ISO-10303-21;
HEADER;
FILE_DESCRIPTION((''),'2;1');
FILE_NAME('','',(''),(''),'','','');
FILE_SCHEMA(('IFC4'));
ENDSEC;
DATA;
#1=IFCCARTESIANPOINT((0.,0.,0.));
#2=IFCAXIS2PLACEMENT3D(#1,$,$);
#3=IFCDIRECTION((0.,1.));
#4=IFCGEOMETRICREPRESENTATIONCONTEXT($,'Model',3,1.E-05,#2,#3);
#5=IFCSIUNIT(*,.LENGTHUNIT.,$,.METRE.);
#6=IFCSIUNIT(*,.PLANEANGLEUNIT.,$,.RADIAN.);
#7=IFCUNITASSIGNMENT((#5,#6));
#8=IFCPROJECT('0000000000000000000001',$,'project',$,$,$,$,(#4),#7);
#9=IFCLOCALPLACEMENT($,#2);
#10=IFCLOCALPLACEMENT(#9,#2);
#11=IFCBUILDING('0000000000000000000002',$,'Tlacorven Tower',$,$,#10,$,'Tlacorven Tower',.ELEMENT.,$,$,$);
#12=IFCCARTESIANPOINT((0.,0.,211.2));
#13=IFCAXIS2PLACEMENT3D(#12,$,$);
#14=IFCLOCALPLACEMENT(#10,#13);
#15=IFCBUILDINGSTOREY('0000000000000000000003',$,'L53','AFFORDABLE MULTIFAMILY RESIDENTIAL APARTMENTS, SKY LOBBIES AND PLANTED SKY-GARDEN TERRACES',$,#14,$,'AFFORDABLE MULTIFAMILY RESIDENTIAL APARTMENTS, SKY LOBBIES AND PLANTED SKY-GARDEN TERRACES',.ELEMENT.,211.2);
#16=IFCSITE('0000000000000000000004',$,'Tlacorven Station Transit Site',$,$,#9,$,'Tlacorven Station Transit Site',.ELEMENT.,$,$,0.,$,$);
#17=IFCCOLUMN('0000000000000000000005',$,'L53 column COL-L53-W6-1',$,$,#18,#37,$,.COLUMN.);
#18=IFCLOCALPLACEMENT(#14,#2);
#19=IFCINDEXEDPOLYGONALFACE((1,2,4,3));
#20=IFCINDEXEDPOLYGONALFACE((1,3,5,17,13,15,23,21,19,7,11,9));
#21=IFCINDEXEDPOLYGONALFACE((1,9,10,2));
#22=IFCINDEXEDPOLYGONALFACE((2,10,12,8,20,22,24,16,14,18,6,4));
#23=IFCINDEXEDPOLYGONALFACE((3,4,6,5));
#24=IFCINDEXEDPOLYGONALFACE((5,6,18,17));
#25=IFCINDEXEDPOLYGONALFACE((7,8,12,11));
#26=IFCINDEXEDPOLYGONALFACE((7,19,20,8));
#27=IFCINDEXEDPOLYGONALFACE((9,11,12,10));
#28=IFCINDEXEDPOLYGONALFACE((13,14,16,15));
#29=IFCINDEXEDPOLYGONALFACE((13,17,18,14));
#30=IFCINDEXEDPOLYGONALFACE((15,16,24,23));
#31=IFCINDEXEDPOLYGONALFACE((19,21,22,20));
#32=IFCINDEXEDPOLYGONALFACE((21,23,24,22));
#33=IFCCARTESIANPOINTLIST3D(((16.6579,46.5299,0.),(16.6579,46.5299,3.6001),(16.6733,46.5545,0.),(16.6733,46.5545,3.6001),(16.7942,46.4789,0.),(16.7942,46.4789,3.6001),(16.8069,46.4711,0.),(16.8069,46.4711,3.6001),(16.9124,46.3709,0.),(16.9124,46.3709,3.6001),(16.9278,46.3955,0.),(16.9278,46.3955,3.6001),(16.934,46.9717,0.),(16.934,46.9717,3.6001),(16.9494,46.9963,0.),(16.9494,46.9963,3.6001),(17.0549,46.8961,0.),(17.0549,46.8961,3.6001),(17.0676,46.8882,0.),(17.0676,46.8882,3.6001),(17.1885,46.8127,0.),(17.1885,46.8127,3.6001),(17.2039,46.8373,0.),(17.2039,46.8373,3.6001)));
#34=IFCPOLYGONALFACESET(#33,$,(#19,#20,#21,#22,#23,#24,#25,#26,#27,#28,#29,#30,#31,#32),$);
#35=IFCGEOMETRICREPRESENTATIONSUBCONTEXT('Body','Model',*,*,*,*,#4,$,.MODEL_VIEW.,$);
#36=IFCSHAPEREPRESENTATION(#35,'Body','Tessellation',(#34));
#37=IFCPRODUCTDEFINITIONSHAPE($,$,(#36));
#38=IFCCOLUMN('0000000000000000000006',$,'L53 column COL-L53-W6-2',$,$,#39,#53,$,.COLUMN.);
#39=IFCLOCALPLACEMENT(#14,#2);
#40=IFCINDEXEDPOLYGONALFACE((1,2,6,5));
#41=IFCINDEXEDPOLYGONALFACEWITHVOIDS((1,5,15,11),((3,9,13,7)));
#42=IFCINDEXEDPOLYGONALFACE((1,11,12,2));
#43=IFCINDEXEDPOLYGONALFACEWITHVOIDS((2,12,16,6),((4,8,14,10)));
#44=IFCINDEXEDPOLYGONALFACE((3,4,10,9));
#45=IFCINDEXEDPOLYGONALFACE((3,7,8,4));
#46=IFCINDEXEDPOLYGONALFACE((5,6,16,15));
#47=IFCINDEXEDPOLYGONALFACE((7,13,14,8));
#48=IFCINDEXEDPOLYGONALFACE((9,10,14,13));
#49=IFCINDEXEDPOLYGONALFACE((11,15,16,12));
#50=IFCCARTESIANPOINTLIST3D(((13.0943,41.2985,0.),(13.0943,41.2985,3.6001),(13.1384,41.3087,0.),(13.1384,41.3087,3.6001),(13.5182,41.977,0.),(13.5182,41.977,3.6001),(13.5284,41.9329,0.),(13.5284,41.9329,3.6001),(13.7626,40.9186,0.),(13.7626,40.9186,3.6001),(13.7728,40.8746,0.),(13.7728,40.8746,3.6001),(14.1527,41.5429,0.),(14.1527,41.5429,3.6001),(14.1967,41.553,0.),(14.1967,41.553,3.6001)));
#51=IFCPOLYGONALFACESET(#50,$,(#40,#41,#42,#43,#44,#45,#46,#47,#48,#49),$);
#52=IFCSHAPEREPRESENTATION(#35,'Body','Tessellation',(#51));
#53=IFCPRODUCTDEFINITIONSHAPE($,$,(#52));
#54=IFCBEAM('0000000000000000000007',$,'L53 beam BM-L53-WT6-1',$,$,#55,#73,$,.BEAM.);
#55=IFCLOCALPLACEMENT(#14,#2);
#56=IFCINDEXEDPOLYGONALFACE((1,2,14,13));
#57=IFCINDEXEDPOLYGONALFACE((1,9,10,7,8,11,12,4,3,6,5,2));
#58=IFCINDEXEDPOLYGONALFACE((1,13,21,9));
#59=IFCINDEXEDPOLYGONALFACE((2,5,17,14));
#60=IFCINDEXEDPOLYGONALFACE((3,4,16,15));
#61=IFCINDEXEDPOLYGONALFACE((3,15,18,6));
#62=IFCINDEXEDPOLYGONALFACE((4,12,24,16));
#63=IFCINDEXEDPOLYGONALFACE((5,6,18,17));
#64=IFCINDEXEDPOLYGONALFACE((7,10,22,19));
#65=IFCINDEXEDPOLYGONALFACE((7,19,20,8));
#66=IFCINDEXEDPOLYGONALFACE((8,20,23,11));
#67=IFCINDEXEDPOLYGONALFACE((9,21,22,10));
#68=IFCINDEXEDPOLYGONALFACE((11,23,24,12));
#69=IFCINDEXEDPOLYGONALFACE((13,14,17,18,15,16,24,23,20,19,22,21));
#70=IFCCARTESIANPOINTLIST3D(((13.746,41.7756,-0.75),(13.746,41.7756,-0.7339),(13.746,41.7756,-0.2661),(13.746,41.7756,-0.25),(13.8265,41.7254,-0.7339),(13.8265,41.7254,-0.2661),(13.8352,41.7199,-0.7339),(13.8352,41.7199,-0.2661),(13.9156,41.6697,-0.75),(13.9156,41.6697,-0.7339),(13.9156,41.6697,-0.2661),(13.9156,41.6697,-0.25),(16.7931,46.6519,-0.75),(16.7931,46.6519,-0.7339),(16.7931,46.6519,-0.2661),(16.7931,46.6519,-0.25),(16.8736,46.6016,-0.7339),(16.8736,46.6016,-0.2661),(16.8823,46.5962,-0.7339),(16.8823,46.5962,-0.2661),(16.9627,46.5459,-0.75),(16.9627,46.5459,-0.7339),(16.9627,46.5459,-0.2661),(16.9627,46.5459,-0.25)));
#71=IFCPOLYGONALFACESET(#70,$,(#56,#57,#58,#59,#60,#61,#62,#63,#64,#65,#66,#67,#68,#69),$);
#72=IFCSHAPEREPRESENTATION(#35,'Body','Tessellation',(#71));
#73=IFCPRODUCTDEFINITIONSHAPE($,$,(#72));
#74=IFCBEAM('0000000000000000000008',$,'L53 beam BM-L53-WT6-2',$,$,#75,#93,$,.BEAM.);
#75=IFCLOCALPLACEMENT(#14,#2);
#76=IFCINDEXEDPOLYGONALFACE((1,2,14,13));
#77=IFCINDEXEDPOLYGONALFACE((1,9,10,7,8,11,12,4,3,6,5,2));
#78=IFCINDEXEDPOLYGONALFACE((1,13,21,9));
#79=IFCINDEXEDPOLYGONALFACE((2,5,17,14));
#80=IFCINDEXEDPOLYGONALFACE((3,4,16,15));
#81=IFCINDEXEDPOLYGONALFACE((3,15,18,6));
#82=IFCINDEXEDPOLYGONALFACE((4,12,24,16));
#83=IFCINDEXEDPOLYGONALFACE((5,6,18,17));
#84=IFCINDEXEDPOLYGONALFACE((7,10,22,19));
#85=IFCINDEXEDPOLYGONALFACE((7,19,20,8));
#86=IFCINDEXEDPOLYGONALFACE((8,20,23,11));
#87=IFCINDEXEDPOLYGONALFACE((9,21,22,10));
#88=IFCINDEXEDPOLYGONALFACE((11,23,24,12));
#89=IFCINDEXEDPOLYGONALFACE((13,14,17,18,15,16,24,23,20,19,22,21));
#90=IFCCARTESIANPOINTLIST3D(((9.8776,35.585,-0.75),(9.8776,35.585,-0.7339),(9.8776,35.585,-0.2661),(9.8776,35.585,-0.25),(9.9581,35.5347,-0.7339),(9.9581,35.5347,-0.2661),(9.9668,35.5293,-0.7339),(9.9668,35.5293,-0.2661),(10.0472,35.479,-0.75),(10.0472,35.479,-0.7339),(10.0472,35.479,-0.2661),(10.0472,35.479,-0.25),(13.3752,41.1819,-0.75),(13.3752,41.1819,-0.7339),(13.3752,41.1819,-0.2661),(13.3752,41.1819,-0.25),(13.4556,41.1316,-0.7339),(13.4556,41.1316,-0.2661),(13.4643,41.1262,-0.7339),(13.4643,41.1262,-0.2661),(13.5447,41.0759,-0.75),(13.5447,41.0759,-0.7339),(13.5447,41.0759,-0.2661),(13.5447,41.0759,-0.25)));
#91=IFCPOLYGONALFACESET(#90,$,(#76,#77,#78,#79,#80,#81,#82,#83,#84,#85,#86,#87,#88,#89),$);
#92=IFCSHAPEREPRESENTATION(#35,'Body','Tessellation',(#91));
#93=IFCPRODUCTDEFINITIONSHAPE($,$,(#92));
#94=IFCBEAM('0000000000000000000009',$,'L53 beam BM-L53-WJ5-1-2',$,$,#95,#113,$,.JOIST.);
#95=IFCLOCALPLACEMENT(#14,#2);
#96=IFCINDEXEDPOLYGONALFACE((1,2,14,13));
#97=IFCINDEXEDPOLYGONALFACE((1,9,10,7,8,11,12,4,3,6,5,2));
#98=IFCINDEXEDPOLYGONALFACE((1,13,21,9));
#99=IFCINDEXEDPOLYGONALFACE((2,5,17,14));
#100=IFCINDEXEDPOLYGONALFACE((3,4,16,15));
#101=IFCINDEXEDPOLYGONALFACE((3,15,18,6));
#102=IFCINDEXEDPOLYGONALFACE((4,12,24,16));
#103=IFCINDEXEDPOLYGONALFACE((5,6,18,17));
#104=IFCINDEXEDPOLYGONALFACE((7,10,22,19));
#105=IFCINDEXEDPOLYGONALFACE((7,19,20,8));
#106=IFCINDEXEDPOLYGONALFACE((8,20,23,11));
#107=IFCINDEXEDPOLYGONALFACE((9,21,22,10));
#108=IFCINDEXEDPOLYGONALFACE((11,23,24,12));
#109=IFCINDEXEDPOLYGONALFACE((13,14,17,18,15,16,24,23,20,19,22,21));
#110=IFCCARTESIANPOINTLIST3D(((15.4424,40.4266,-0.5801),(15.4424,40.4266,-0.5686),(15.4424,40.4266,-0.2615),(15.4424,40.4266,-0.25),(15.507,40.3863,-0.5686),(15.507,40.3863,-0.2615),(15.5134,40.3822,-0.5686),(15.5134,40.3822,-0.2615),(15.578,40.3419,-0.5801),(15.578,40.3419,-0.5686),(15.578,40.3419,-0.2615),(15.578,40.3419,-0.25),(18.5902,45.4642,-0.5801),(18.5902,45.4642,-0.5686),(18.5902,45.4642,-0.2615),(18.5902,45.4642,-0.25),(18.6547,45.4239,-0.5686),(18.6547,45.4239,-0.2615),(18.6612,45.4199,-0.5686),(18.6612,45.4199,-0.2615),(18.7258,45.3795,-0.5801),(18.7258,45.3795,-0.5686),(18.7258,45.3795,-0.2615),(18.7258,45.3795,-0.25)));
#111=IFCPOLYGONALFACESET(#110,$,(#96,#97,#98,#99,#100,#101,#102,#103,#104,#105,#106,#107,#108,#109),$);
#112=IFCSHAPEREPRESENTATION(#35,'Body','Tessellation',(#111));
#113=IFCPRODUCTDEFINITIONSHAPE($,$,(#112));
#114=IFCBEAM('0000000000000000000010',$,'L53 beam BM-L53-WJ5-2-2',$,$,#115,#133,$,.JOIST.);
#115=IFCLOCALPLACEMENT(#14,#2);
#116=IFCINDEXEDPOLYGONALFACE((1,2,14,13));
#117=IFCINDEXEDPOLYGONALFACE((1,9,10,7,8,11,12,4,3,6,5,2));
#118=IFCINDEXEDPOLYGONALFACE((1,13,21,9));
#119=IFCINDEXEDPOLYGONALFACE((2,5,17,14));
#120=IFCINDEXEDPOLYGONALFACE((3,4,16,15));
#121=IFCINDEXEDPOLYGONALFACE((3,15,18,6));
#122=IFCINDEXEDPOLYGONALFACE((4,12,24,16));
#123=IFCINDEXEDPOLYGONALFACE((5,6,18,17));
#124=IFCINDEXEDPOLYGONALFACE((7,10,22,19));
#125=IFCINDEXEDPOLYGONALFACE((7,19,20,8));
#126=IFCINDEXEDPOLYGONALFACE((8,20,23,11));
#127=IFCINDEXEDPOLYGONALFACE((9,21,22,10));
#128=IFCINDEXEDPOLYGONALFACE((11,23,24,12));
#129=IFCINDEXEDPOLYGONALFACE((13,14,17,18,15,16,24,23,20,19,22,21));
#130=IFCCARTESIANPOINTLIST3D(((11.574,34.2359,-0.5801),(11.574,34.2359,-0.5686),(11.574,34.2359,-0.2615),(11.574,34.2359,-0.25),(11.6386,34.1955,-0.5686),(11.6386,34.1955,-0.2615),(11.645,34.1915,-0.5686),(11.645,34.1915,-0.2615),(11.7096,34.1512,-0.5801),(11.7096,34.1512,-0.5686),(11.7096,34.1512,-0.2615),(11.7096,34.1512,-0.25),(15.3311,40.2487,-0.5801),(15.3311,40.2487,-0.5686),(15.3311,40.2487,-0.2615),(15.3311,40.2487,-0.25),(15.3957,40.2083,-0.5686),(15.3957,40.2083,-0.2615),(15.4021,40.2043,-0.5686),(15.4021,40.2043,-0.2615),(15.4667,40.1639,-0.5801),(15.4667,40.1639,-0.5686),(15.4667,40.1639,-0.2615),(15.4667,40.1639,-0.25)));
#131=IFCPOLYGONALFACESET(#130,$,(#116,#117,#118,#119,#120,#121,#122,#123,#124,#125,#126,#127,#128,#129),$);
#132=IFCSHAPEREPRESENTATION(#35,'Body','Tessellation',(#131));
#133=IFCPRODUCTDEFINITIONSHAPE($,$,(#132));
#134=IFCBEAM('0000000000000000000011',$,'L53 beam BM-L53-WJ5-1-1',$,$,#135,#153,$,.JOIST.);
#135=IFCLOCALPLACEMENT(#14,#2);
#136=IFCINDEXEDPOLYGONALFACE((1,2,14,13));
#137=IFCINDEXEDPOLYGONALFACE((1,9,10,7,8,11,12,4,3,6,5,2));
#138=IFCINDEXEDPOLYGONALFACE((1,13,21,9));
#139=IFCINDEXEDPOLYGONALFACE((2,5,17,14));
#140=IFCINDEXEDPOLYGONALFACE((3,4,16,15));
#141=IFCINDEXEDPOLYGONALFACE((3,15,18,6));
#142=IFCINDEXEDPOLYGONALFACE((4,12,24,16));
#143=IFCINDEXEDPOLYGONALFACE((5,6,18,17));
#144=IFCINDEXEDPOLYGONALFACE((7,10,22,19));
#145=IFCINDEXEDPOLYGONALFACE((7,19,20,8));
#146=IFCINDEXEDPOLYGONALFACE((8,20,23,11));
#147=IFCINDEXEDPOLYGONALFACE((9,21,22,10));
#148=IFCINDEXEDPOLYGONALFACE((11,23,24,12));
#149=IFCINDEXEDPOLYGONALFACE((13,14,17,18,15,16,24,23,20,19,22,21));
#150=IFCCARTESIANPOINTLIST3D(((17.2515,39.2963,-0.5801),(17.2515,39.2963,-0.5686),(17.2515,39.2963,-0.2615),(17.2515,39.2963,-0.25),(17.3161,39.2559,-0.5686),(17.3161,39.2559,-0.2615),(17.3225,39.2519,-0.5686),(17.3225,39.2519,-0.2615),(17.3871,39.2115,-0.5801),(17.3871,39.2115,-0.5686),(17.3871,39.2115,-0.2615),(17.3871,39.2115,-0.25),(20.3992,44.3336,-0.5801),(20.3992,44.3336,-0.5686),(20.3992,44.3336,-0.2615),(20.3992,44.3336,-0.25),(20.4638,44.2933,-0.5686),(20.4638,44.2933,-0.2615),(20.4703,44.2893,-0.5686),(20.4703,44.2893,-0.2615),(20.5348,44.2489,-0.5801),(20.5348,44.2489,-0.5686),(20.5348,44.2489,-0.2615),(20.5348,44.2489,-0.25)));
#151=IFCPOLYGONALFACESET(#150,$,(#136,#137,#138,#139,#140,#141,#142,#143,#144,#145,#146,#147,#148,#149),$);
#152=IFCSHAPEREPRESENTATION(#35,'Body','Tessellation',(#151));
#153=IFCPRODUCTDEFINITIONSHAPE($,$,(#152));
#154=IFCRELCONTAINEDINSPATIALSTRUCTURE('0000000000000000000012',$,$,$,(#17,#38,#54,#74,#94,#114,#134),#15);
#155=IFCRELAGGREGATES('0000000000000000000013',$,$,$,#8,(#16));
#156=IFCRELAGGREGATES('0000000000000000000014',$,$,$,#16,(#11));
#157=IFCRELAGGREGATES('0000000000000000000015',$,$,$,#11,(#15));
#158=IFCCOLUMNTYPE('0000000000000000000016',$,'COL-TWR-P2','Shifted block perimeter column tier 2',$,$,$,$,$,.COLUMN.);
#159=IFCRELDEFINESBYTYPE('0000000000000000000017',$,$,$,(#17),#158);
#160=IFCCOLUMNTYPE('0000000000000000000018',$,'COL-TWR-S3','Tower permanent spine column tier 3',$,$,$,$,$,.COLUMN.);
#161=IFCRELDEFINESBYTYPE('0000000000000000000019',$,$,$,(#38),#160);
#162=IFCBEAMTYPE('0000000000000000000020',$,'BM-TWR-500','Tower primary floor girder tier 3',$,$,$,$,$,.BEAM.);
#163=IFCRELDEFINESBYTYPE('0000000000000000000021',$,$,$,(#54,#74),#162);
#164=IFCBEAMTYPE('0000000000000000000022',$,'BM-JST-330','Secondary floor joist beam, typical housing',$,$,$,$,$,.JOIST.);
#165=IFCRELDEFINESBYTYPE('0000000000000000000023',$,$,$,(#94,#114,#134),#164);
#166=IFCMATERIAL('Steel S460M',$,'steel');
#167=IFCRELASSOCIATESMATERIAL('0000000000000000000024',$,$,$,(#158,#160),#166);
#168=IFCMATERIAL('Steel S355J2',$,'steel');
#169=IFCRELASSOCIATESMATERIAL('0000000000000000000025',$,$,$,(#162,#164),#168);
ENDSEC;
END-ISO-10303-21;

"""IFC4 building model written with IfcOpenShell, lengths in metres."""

from ifc_helpers import new_model, si_unit, direction, frame, origin, origin_2d, place, context, subcontext, project, spatial, hollow_rectangle, i_section, extrude, source, transform, mapped, material, material_profile, profile_set, type_object, element, save


model = new_model("IFC4")

# Units and contexts
model_context = context("Model", 3, precision=1e-05, world=origin(), true_north=direction((0.0, 1.0)))
body_context = subcontext(model_context, "Body", "Model", "MODEL_VIEW")
ifc_project = project(units=[si_unit("LENGTHUNIT", "METRE"), si_unit("PLANEANGLEUNIT", "RADIAN")], contexts=[model_context])

# Site, building, storey
site_placement = place(None, origin())
site = spatial("IfcSite", under=ifc_project, at=site_placement, Name="Tlacorven Station Transit Site", LongName="Tlacorven Station Transit Site", CompositionType="ELEMENT", RefElevation=0.0)
building_placement = place(site_placement, origin())
building = spatial("IfcBuilding", under=site, at=building_placement, Name="Tlacorven Tower", LongName="Tlacorven Tower", CompositionType="ELEMENT")
storey_placement = place(building_placement, frame((0.0, 0.0, 211.2)))
storey = spatial("IfcBuildingStorey", under=building, at=storey_placement, Name="L53", Description="AFFORDABLE MULTIFAMILY RESIDENTIAL APARTMENTS, SKY LOBBIES AND PLANTED SKY-GARDEN TERRACES", LongName="AFFORDABLE MULTIFAMILY RESIDENTIAL APARTMENTS, SKY LOBBIES AND PLANTED SKY-GARDEN TERRACES", CompositionType="ELEMENT", Elevation=211.2)

# Columns
ifc_material_1 = material(Name="Steel S460M", Category="steel")
ifc_material_profile_1 = material_profile(ifc_material_1, i_section(OverallWidth=0.3, OverallDepth=0.55, WebThickness=0.0149, FlangeThickness=0.0291, at=origin_2d()), Name="HEB 550")
ifc_profile_set_1 = profile_set([ifc_material_profile_1], Name="Steel S460M")
column_type_1 = type_object("IfcColumnType", Name="COL-TWR-P2", Description="Shifted block perimeter column tier 2", PredefinedType="COLUMN", material=ifc_profile_set_1)
shared_shape_1 = source(origin(), body_context, "Body", "SweptSolid", [
    extrude(i_section(OverallWidth=0.3, OverallDepth=0.55, WebThickness=0.0149, FlangeThickness=0.0291, at=origin_2d()), origin(), (0.0, 0.0, 1.0), 3.6001),
])
column_1_placement = place(storey_placement, frame((16.9309, 46.6836, 0.0), z_axis=(0.0, 0.0, 1.0), x_axis=(-0.848048, 0.529919, 0.0)))
element("IfcColumn", 1, at=column_1_placement, inside=storey, type_object=column_type_1, Name="L53 column COL-L53-W6-1", PredefinedType="COLUMN", context=body_context, shape_type="MappedRepresentation", body=[
    mapped(shared_shape_1, transform((0.0, 0.0, 0.0), scale=1.0)),
])
ifc_material_profile_2 = material_profile(ifc_material_1, hollow_rectangle(XDim=0.8, YDim=0.8, WallThickness=0.032, at=origin_2d()), Name="BOX 800X800X32")
ifc_profile_set_2 = profile_set([ifc_material_profile_2], Name="Steel S460M")
column_type_2 = type_object("IfcColumnType", Name="COL-TWR-S3", Description="Tower permanent spine column tier 3", PredefinedType="COLUMN", material=ifc_profile_set_2)
shared_shape_2 = source(origin(), body_context, "Body", "SweptSolid", [
    extrude(hollow_rectangle(XDim=0.8, YDim=0.8, WallThickness=0.032, at=origin_2d()), origin(), (0.0, 0.0, 1.0), 3.6001),
])
column_2_placement = place(storey_placement, frame((13.6455, 41.4258, 0.0), z_axis=(0.0, 0.0, 1.0), x_axis=(-0.848048, 0.529919, 0.0)))
element("IfcColumn", 2, at=column_2_placement, inside=storey, type_object=column_type_2, Name="L53 column COL-L53-W6-2", PredefinedType="COLUMN", context=body_context, shape_type="MappedRepresentation", body=[
    mapped(shared_shape_2, transform((0.0, 0.0, 0.0), scale=1.0)),
])

# Beams
ifc_material_2 = material(Name="Steel S355J2", Category="steel")
ifc_material_profile_3 = material_profile(ifc_material_2, i_section(OverallWidth=0.2, OverallDepth=0.5, WebThickness=0.0103, FlangeThickness=0.0161, at=origin_2d()), Name="IPE 500")
ifc_profile_set_3 = profile_set([ifc_material_profile_3], Name="Steel S355J2")
beam_type_1 = type_object("IfcBeamType", Name="BM-TWR-500", Description="Tower primary floor girder tier 3", PredefinedType="BEAM", material=ifc_profile_set_3)
shared_shape_3 = source(origin(), body_context, "Body", "SweptSolid", [
    extrude(i_section(OverallWidth=0.2, OverallDepth=0.5, WebThickness=0.0103, FlangeThickness=0.0161, at=origin_2d()), origin(), (0.0, 0.0, 1.0), 5.75),
])
beam_1_placement = place(storey_placement, frame((16.8779, 46.5989, -0.5), z_axis=(-0.529934, -0.848039, 0.0), x_axis=(0.848039, -0.529934, 0.0)))
element("IfcBeam", 3, at=beam_1_placement, inside=storey, type_object=beam_type_1, Name="L53 beam BM-L53-WT6-1", PredefinedType="BEAM", context=body_context, shape_type="MappedRepresentation", body=[
    mapped(shared_shape_3, transform((0.0, 0.0, 0.0), scale=1.0)),
])
shared_shape_4 = source(origin(), body_context, "Body", "SweptSolid", [
    extrude(i_section(OverallWidth=0.2, OverallDepth=0.5, WebThickness=0.0103, FlangeThickness=0.0161, at=origin_2d()), origin(), (0.0, 0.0, 1.0), 6.5999),
])
beam_2_placement = place(storey_placement, frame((13.46, 41.1289, -0.5), z_axis=(-0.529942, -0.848034, 0.0), x_axis=(0.848034, -0.529942, 0.0)))
element("IfcBeam", 4, at=beam_2_placement, inside=storey, type_object=beam_type_1, Name="L53 beam BM-L53-WT6-2", PredefinedType="BEAM", context=body_context, shape_type="MappedRepresentation", body=[
    mapped(shared_shape_4, transform((0.0, 0.0, 0.0), scale=1.0)),
])
ifc_material_profile_4 = material_profile(ifc_material_2, i_section(OverallWidth=0.1599, OverallDepth=0.3301, WebThickness=0.0076, FlangeThickness=0.0115, at=origin_2d()), Name="IPE 330")
ifc_profile_set_4 = profile_set([ifc_material_profile_4], Name="Steel S355J2")
beam_type_2 = type_object("IfcBeamType", Name="BM-JST-330", Description="Secondary floor joist beam, typical housing", PredefinedType="JOIST", material=ifc_profile_set_4)
shared_shape_5 = source(origin(), body_context, "Body", "SweptSolid", [
    extrude(i_section(OverallWidth=0.1599, OverallDepth=0.3301, WebThickness=0.0076, FlangeThickness=0.0115, at=origin_2d()), origin(), (0.0, 0.0, 1.0), 5.9402),
])
beam_3_placement = place(storey_placement, frame((18.658, 45.4219, -0.415), z_axis=(-0.529903, -0.848058, 0.0), x_axis=(0.848058, -0.529903, 0.0)))
element("IfcBeam", 5, at=beam_3_placement, inside=storey, type_object=beam_type_2, Name="L53 beam BM-L53-WJ5-1-2", PredefinedType="JOIST", context=body_context, shape_type="MappedRepresentation", body=[
    mapped(shared_shape_5, transform((0.0, 0.0, 0.0), scale=1.0)),
])
shared_shape_6 = source(origin(), body_context, "Body", "SweptSolid", [
    extrude(i_section(OverallWidth=0.1599, OverallDepth=0.3301, WebThickness=0.0076, FlangeThickness=0.0115, at=origin_2d()), origin(), (0.0, 0.0, 1.0), 7.0901),
])
beam_4_placement = place(storey_placement, frame((15.3989, 40.2063, -0.415), z_axis=(-0.529912, -0.848052, 0.0), x_axis=(0.848052, -0.529912, 0.0)))
element("IfcBeam", 6, at=beam_4_placement, inside=storey, type_object=beam_type_2, Name="L53 beam BM-L53-WJ5-2-2", PredefinedType="JOIST", context=body_context, shape_type="MappedRepresentation", body=[
    mapped(shared_shape_6, transform((0.0, 0.0, 0.0), scale=1.0)),
])
shared_shape_7 = source(origin(), body_context, "Body", "SweptSolid", [
    extrude(i_section(OverallWidth=0.1599, OverallDepth=0.3301, WebThickness=0.0076, FlangeThickness=0.0115, at=origin_2d()), origin(), (0.0, 0.0, 1.0), 5.9399),
])
beam_5_placement = place(storey_placement, frame((20.467, 44.2913, -0.415), z_axis=(-0.529921, -0.848047, 0.0), x_axis=(0.848047, -0.529921, 0.0)))
element("IfcBeam", 7, at=beam_5_placement, inside=storey, type_object=beam_type_2, Name="L53 beam BM-L53-WJ5-1-1", PredefinedType="JOIST", context=body_context, shape_type="MappedRepresentation", body=[
    mapped(shared_shape_7, transform((0.0, 0.0, 0.0), scale=1.0)),
])

save(model, "model.ifc")
